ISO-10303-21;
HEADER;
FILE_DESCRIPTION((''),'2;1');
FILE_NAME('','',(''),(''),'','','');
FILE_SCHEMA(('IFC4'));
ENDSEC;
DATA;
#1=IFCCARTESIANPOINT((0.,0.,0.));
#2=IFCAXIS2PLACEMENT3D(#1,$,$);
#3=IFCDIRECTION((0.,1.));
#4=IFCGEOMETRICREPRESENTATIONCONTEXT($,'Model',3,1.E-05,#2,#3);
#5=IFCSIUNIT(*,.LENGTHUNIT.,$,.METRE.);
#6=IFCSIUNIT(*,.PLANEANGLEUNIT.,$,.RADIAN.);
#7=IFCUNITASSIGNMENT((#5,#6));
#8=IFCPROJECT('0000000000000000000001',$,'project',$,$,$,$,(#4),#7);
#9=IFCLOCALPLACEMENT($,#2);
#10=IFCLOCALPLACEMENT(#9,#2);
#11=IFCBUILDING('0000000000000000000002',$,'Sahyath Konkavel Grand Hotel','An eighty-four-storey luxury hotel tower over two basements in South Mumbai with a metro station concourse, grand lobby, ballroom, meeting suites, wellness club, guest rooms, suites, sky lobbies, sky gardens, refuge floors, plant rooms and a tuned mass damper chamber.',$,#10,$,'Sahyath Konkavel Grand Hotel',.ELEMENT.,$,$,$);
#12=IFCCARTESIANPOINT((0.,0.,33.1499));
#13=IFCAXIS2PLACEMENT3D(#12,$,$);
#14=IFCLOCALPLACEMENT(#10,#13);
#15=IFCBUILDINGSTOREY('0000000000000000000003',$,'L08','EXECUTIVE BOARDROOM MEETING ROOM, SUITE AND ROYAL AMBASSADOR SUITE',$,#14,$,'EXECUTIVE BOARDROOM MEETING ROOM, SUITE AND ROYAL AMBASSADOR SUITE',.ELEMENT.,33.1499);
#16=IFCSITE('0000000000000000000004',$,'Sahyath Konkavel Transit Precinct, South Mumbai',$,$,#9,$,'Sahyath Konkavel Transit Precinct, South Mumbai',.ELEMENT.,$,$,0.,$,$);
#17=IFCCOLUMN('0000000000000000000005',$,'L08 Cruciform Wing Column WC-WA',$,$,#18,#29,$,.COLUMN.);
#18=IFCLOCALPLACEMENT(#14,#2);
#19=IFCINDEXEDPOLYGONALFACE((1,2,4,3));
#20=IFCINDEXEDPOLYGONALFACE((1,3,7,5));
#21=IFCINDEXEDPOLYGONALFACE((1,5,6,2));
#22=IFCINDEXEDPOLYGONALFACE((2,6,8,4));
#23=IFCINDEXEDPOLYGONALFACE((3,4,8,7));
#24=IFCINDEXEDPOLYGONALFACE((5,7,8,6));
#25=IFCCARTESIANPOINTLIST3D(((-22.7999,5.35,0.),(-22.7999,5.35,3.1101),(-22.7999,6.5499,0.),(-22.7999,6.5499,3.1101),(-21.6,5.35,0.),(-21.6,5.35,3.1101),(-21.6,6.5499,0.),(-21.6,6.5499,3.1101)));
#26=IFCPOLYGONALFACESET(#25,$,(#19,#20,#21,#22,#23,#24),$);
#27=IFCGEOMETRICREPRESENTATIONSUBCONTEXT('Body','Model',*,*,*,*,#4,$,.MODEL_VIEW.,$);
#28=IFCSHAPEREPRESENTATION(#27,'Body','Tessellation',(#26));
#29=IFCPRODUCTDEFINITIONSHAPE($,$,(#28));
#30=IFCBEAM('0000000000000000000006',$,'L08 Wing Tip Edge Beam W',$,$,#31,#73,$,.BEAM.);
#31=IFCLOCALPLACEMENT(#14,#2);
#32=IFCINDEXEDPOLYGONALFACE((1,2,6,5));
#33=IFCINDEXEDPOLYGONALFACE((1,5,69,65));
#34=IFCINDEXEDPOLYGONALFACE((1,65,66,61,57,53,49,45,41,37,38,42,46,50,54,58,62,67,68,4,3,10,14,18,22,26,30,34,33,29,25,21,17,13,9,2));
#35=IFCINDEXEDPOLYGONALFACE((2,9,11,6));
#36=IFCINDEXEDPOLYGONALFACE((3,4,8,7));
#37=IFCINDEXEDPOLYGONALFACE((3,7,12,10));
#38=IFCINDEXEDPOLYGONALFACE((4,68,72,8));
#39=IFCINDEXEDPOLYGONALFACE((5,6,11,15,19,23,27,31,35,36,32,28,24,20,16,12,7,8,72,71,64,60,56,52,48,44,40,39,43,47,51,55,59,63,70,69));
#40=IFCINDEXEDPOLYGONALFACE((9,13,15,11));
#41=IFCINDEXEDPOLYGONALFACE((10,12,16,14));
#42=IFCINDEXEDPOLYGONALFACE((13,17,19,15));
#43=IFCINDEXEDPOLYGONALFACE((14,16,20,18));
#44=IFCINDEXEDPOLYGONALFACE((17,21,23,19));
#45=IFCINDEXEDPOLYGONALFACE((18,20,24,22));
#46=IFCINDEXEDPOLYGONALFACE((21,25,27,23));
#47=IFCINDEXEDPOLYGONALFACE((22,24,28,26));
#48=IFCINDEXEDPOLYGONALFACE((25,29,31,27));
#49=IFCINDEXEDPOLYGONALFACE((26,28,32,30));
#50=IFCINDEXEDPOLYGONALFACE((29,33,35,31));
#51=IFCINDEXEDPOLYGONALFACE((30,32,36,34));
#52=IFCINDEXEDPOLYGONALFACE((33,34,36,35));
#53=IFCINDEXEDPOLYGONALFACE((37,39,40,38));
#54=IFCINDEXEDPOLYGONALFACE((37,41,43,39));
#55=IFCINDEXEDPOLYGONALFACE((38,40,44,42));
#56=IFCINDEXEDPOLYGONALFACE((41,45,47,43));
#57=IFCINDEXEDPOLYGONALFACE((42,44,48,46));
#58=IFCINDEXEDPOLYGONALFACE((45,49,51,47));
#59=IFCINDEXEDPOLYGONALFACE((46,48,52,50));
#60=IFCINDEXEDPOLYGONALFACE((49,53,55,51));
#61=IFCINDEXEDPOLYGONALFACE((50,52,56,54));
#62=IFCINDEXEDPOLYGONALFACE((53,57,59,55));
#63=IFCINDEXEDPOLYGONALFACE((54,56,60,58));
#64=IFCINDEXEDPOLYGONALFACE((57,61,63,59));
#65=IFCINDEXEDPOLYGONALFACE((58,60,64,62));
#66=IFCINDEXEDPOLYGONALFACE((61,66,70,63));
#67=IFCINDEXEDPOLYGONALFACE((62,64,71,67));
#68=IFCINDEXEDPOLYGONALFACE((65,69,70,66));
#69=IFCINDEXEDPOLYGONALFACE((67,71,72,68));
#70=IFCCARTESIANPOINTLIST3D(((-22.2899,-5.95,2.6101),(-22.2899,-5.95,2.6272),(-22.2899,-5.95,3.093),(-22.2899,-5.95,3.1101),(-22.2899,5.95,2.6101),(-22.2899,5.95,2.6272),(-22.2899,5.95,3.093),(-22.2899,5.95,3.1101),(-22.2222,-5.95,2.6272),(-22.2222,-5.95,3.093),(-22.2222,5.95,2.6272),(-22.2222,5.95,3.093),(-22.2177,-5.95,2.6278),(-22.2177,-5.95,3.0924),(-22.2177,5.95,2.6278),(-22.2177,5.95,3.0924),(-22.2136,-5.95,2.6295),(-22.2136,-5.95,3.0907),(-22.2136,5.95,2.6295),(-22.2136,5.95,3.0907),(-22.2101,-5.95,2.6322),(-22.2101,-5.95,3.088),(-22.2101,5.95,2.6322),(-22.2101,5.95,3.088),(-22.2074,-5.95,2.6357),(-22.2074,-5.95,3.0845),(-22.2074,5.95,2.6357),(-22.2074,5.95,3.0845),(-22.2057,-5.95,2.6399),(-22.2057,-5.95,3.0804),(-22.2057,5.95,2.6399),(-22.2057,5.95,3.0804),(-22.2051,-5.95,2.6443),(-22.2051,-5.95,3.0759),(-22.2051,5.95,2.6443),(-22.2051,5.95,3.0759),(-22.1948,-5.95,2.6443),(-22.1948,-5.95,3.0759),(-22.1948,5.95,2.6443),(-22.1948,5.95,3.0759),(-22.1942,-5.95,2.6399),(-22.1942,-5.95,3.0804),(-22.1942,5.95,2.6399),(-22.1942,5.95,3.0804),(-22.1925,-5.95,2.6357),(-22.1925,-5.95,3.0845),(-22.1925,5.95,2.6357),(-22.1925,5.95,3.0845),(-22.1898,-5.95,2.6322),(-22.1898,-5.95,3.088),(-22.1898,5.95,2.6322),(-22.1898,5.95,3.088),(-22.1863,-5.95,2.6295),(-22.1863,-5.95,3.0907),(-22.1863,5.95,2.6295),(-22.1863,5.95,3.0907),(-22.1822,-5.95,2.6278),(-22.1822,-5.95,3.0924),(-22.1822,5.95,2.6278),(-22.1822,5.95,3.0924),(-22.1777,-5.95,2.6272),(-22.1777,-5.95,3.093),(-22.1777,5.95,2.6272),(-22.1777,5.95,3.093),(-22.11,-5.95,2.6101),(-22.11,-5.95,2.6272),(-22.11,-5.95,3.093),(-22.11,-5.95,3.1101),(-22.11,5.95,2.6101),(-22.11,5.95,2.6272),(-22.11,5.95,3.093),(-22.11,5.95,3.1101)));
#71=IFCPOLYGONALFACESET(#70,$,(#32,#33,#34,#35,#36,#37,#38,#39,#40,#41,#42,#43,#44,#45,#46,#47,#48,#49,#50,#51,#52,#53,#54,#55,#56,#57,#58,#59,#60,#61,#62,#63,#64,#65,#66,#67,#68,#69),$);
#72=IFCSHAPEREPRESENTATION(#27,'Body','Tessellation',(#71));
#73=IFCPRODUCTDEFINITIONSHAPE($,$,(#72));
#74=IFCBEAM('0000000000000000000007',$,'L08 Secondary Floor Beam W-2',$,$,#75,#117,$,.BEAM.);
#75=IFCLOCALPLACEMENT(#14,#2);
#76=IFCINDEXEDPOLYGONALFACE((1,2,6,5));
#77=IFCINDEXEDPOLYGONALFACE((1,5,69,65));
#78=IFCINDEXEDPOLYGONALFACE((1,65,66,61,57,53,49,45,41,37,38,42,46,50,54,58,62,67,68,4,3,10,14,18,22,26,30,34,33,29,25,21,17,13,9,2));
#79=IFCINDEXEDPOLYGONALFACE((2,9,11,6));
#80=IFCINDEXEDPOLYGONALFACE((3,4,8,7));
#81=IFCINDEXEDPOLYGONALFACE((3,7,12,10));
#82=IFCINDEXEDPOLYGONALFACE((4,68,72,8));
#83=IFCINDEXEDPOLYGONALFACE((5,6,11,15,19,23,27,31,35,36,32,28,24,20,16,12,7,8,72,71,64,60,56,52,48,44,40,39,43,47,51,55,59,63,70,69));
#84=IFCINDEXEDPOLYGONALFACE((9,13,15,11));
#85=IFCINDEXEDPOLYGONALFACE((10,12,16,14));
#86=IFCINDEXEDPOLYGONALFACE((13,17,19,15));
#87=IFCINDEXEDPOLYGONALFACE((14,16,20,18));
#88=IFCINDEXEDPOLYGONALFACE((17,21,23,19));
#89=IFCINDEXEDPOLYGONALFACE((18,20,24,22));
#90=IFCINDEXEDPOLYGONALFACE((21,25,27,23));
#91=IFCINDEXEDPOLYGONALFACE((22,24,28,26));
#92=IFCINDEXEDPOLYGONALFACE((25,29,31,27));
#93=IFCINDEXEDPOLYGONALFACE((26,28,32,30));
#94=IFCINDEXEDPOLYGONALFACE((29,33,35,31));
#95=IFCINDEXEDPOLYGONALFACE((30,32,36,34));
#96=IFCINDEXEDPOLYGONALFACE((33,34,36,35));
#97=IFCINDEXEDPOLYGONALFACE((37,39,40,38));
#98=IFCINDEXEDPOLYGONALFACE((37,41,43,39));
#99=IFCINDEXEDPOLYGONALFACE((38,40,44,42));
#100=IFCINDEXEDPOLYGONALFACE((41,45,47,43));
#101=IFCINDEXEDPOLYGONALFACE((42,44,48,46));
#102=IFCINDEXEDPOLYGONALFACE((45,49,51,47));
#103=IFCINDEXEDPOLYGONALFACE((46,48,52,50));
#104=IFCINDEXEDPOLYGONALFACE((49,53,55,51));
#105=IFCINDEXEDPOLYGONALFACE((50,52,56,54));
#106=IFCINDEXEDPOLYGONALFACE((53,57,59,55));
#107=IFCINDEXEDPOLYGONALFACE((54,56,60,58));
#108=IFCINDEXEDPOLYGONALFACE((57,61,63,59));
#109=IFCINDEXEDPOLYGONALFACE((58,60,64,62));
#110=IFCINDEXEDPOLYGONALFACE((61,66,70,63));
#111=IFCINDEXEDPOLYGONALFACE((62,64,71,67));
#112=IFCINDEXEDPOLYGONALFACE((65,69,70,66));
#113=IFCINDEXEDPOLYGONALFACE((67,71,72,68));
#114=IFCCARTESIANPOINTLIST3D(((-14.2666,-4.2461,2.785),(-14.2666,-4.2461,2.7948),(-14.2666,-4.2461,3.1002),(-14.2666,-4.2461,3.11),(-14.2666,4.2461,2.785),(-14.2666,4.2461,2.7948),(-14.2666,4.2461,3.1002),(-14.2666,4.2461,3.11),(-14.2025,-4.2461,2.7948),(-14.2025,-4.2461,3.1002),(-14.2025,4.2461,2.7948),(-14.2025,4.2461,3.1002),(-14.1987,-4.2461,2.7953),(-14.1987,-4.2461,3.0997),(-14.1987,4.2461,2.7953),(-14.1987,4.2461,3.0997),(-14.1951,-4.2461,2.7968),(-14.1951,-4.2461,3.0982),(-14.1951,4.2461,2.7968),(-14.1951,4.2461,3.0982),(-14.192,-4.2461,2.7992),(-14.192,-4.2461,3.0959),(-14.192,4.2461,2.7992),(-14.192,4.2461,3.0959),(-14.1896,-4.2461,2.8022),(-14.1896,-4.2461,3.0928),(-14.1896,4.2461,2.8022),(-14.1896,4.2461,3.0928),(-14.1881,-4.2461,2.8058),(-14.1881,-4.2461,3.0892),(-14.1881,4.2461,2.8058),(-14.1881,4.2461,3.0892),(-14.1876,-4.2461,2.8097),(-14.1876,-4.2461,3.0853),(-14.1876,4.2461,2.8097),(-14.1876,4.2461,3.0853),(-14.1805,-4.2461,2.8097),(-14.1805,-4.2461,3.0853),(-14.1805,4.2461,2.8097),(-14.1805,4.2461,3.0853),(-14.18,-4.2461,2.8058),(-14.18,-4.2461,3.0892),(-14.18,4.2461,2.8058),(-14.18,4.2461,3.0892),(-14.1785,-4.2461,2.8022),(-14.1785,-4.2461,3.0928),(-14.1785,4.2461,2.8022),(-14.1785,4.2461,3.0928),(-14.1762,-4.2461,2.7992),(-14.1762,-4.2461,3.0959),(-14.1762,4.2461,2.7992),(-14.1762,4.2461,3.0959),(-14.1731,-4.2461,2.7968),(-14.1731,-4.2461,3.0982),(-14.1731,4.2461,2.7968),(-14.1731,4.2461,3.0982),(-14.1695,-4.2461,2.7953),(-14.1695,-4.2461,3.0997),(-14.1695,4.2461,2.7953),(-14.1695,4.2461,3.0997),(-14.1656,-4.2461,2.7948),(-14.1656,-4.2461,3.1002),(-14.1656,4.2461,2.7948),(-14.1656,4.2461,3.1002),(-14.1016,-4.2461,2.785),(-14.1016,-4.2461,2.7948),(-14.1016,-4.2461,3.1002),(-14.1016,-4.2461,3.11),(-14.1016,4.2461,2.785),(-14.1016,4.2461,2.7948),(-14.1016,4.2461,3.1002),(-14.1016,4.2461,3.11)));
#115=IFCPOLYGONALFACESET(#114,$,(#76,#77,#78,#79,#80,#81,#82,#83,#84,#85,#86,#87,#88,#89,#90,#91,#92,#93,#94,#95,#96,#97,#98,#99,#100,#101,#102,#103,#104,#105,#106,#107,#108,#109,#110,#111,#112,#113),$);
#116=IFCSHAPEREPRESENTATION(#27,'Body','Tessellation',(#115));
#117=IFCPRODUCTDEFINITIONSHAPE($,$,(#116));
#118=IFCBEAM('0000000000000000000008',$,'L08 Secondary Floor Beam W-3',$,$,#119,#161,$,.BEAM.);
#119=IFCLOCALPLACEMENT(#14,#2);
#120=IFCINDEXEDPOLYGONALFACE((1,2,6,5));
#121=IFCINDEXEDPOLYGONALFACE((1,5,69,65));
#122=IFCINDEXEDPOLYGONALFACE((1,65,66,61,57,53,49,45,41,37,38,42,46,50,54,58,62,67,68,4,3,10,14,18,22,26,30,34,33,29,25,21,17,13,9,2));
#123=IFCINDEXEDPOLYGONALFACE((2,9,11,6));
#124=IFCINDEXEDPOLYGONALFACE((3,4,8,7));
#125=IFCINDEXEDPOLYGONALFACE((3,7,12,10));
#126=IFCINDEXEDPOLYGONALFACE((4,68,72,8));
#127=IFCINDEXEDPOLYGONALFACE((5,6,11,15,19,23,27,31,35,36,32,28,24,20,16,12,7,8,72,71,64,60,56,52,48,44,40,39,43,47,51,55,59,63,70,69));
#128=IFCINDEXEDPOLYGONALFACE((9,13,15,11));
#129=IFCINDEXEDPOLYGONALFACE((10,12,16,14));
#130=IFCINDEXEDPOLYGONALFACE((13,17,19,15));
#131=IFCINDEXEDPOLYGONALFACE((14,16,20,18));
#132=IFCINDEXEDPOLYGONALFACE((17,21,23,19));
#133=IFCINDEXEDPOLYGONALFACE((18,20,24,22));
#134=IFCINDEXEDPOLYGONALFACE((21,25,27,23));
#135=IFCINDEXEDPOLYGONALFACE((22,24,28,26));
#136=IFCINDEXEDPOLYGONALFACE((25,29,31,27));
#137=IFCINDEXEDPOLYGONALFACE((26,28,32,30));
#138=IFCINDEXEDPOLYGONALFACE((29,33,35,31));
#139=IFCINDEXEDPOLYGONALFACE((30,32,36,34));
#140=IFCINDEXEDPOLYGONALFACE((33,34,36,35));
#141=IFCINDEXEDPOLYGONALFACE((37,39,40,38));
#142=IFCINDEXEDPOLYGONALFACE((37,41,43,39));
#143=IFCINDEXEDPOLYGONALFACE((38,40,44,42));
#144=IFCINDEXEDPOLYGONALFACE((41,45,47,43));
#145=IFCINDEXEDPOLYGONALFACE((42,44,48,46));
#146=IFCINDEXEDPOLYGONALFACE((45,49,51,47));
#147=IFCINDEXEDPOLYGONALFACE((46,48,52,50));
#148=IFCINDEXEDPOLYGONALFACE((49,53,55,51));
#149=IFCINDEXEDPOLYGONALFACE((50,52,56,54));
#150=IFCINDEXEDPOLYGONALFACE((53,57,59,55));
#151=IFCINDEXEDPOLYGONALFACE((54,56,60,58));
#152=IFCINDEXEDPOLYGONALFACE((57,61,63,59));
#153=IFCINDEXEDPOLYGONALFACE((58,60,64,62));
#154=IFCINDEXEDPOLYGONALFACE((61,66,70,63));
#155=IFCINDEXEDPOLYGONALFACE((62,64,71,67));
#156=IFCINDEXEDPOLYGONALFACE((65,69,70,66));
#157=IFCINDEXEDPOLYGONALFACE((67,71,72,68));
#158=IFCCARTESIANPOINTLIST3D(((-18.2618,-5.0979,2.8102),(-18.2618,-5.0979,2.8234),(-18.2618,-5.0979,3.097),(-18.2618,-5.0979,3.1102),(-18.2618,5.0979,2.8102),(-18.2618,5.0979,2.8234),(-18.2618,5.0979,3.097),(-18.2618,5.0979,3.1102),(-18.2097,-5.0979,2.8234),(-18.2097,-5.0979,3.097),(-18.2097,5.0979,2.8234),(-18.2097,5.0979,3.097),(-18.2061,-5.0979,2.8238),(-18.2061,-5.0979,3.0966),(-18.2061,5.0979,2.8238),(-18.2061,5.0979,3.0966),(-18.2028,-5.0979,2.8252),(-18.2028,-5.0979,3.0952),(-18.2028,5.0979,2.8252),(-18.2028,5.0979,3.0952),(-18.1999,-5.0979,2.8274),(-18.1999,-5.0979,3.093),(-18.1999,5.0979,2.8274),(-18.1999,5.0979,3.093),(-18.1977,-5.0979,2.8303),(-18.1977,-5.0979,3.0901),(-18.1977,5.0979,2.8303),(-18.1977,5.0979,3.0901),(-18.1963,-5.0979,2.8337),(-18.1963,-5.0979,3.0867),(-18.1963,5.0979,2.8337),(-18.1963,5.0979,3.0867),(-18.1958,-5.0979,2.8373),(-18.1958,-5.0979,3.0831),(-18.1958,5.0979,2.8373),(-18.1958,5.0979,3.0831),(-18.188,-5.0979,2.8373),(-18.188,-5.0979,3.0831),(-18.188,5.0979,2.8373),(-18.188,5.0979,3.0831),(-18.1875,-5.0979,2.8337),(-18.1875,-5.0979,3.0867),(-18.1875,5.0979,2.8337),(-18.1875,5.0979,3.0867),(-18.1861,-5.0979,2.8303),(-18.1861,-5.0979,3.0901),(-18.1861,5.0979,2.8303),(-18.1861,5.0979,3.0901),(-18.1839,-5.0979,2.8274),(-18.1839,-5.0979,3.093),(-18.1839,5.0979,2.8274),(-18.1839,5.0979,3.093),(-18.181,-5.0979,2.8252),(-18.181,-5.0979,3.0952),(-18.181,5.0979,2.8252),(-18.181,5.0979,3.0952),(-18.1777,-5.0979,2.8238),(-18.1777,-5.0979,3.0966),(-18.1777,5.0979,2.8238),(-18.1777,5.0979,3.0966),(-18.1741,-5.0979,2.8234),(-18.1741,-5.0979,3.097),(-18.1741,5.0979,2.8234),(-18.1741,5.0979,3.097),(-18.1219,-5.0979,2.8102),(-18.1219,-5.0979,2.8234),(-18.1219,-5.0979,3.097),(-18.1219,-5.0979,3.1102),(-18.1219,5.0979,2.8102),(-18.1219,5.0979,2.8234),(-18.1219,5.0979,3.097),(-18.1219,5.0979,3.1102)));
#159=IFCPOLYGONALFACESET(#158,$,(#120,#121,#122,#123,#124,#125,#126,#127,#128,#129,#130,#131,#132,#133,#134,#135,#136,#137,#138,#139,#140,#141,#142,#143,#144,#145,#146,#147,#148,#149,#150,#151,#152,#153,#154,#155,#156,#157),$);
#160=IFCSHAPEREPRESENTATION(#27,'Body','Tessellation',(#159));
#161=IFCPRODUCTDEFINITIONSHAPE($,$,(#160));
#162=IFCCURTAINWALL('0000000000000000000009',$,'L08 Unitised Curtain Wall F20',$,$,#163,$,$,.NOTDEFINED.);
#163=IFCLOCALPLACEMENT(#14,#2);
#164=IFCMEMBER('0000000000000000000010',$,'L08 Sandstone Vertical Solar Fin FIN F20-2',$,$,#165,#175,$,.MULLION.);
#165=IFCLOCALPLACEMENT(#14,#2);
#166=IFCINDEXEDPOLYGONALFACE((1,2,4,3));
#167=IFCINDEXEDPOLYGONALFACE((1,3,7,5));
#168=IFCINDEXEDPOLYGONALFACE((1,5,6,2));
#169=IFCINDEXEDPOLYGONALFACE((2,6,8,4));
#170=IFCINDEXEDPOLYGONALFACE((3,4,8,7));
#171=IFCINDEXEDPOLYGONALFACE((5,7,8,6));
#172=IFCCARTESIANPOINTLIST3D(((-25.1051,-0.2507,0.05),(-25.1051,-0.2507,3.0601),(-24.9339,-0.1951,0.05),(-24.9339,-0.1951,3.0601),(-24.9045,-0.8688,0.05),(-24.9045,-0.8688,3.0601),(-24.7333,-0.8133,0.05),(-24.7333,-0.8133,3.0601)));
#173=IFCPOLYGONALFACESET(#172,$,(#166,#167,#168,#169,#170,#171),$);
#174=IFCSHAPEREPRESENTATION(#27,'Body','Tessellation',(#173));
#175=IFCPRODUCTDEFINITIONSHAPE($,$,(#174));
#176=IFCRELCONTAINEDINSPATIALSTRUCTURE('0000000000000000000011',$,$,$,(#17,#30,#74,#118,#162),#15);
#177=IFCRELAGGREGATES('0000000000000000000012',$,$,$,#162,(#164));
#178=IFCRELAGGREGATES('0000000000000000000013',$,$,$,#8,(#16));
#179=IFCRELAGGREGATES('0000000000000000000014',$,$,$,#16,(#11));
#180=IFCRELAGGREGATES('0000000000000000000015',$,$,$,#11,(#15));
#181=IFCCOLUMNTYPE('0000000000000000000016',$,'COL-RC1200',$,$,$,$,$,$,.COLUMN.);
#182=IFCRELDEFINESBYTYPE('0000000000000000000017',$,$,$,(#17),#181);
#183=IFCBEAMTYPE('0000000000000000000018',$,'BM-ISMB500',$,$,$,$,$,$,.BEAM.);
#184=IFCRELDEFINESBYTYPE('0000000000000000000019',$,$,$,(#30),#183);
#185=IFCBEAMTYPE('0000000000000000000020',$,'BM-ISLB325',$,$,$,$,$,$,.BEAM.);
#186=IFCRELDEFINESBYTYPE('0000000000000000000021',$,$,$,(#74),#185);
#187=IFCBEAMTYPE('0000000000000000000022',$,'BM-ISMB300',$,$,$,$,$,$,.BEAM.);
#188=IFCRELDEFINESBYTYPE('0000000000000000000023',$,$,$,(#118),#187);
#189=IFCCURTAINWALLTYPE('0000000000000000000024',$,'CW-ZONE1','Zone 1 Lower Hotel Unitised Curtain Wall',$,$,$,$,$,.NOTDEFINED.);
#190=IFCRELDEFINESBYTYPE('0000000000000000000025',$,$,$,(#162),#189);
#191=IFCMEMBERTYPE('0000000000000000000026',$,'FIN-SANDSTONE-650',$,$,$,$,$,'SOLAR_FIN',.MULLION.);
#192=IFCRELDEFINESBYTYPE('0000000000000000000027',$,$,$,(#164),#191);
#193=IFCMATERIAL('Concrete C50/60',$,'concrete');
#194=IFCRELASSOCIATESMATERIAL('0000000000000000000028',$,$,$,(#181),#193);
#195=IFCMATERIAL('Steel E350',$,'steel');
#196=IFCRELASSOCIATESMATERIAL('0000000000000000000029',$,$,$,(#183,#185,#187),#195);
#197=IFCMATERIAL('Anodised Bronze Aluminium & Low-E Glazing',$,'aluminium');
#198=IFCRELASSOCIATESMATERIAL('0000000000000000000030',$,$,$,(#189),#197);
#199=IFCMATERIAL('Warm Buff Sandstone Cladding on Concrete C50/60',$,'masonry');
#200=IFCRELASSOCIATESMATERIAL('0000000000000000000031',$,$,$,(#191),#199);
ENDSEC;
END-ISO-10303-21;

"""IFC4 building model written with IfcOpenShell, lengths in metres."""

from ifc_helpers import new_model, si_unit, direction, frame, origin, origin_2d, place, context, subcontext, project, spatial, rectangle, i_section, extrude, source, transform, mapped, material, material_profile, profile_set, type_object, element, aggregate, save


model = new_model("IFC4")

# Units and contexts
model_context = context("Model", 3, precision=1e-05, world=origin(), true_north=direction((0.0, 1.0)))
body_context = subcontext(model_context, "Body", "Model", "MODEL_VIEW")
ifc_project = project(units=[si_unit("LENGTHUNIT", "METRE"), si_unit("PLANEANGLEUNIT", "RADIAN")], contexts=[model_context])

# Site, building, storey
site_placement = place(None, origin())
site = spatial("IfcSite", under=ifc_project, at=site_placement, Name="Sahyath Konkavel Transit Precinct, South Mumbai", LongName="Sahyath Konkavel Transit Precinct, South Mumbai", CompositionType="ELEMENT", RefElevation=0.0)
building_placement = place(site_placement, origin())
building = spatial("IfcBuilding", under=site, at=building_placement, Name="Sahyath Konkavel Grand Hotel", Description="An eighty-four-storey luxury hotel tower over two basements in South Mumbai with a metro station concourse, grand lobby, ballroom, meeting suites, wellness club, guest rooms, suites, sky lobbies, sky gardens, refuge floors, plant rooms and a tuned mass damper chamber.", LongName="Sahyath Konkavel Grand Hotel", CompositionType="ELEMENT")
storey_placement = place(building_placement, frame((0.0, 0.0, 33.1499)))
storey = spatial("IfcBuildingStorey", under=building, at=storey_placement, Name="L08", Description="EXECUTIVE BOARDROOM MEETING ROOM, SUITE AND ROYAL AMBASSADOR SUITE", LongName="EXECUTIVE BOARDROOM MEETING ROOM, SUITE AND ROYAL AMBASSADOR SUITE", CompositionType="ELEMENT", Elevation=33.1499)

# Column
ifc_material_1 = material(Name="Concrete C50/60", Category="concrete")
ifc_material_profile_1 = material_profile(ifc_material_1, rectangle(XDim=1.2, YDim=1.2, at=origin_2d()), Name="RC 1200x1200")
ifc_profile_set_1 = profile_set([ifc_material_profile_1], Name="Concrete C50/60")
column_type = type_object("IfcColumnType", Name="COL-RC1200", PredefinedType="COLUMN", material=ifc_profile_set_1)
shared_shape_1 = source(origin(), body_context, "Body", "SweptSolid", [
    extrude(rectangle(XDim=1.2, YDim=1.2, at=origin_2d()), origin(), (0.0, 0.0, 1.0), 3.1101),
])
column_placement = place(storey_placement, frame((-22.2, 5.95, 0.0), z_axis=(0.0, 0.0, 1.0), x_axis=(1.0, 0.0, 0.0)))
element("IfcColumn", 1, at=column_placement, inside=storey, type_object=column_type, Name="L08 Cruciform Wing Column WC-WA", PredefinedType="COLUMN", context=body_context, shape_type="MappedRepresentation", body=[
    mapped(shared_shape_1, transform((0.0, 0.0, 0.0), scale=1.0)),
])

# Beams
ifc_material_2 = material(Name="Steel E350", Category="steel")
ifc_material_profile_2 = material_profile(ifc_material_2, i_section(OverallWidth=0.1799, OverallDepth=0.5, WebThickness=0.0103, FlangeThickness=0.0171, FilletRadius=0.0171, at=origin_2d()), Name="ISMB 500")
ifc_profile_set_2 = profile_set([ifc_material_profile_2], Name="Steel E350")
beam_type_1 = type_object("IfcBeamType", Name="BM-ISMB500", PredefinedType="BEAM", material=ifc_profile_set_2)
shared_shape_2 = source(origin(), body_context, "Body", "SweptSolid", [
    extrude(i_section(OverallWidth=0.1799, OverallDepth=0.5, WebThickness=0.0103, FlangeThickness=0.0171, FilletRadius=0.0171, at=origin_2d()), origin(), (0.0, 0.0, 1.0), 11.8999),
])
beam_1_placement = place(storey_placement, frame((-22.2, 5.95, 2.8601), z_axis=(0.0, -1.0, 0.0), x_axis=(1.0, 0.0, 0.0)))
element("IfcBeam", 2, at=beam_1_placement, inside=storey, type_object=beam_type_1, Name="L08 Wing Tip Edge Beam W", PredefinedType="BEAM", context=body_context, shape_type="MappedRepresentation", body=[
    mapped(shared_shape_2, transform((0.0, 0.0, 0.0), scale=1.0)),
])
ifc_material_profile_3 = material_profile(ifc_material_2, i_section(OverallWidth=0.165, OverallDepth=0.325, WebThickness=0.0071, FlangeThickness=0.0098, FilletRadius=0.0149, at=origin_2d()), Name="ISLB 325")
ifc_profile_set_3 = profile_set([ifc_material_profile_3], Name="Steel E350")
beam_type_2 = type_object("IfcBeamType", Name="BM-ISLB325", PredefinedType="BEAM", material=ifc_profile_set_3)
shared_shape_3 = source(origin(), body_context, "Body", "SweptSolid", [
    extrude(i_section(OverallWidth=0.165, OverallDepth=0.325, WebThickness=0.0071, FlangeThickness=0.0098, FilletRadius=0.0149, at=origin_2d()), origin(), (0.0, 0.0, 1.0), 8.4922),
])
beam_2_placement = place(storey_placement, frame((-14.1841, 4.2461, 2.9475), z_axis=(0.0, -1.0, 0.0), x_axis=(1.0, 0.0, 0.0)))
element("IfcBeam", 3, at=beam_2_placement, inside=storey, type_object=beam_type_2, Name="L08 Secondary Floor Beam W-2", PredefinedType="BEAM", context=body_context, shape_type="MappedRepresentation", body=[
    mapped(shared_shape_3, transform((0.0, 0.0, 0.0), scale=1.0)),
])
ifc_material_profile_4 = material_profile(ifc_material_2, i_section(OverallWidth=0.1399, OverallDepth=0.3, WebThickness=0.0078, FlangeThickness=0.0132, FilletRadius=0.0139, at=origin_2d()), Name="ISMB 300")
ifc_profile_set_4 = profile_set([ifc_material_profile_4], Name="Steel E350")
beam_type_3 = type_object("IfcBeamType", Name="BM-ISMB300", PredefinedType="BEAM", material=ifc_profile_set_4)
shared_shape_4 = source(origin(), body_context, "Body", "SweptSolid", [
    extrude(i_section(OverallWidth=0.1399, OverallDepth=0.3, WebThickness=0.0078, FlangeThickness=0.0132, FilletRadius=0.0139, at=origin_2d()), origin(), (0.0, 0.0, 1.0), 10.1958),
])
beam_3_placement = place(storey_placement, frame((-18.1919, 5.0979, 2.9602), z_axis=(0.0, -1.0, 0.0), x_axis=(1.0, 0.0, 0.0)))
element("IfcBeam", 4, at=beam_3_placement, inside=storey, type_object=beam_type_3, Name="L08 Secondary Floor Beam W-3", PredefinedType="BEAM", context=body_context, shape_type="MappedRepresentation", body=[
    mapped(shared_shape_4, transform((0.0, 0.0, 0.0), scale=1.0)),
])

# Curtain wall, member
ifc_material_3 = material(Name="Anodised Bronze Aluminium & Low-E Glazing", Category="aluminium")
curtain_wall_type = type_object("IfcCurtainWallType", Name="CW-ZONE1", Description="Zone 1 Lower Hotel Unitised Curtain Wall", PredefinedType="NOTDEFINED", material=ifc_material_3)
curtain_wall_placement = place(storey_placement, origin())
curtain_wall = element("IfcCurtainWall", 5, at=curtain_wall_placement, inside=storey, type_object=curtain_wall_type, Name="L08 Unitised Curtain Wall F20", PredefinedType="NOTDEFINED")
ifc_material_4 = material(Name="Warm Buff Sandstone Cladding on Concrete C50/60", Category="masonry")
ifc_material_profile_5 = material_profile(ifc_material_4, rectangle(XDim=0.1799, YDim=0.6499, at=origin_2d()), Name="FIN 180x650")
ifc_profile_set_5 = profile_set([ifc_material_profile_5], Name="Warm Buff Sandstone Cladding on Concrete C50/60")
member_type_1 = type_object("IfcMemberType", Name="FIN-SANDSTONE-650", ElementType="SOLAR_FIN", PredefinedType="MULLION", material=ifc_profile_set_5)
shared_shape_5 = source(origin(), body_context, "Body", "SweptSolid", [
    extrude(rectangle(XDim=0.1799, YDim=0.6499, at=origin_2d()), origin(), (0.0, 0.0, 1.0), 3.01),
])
member_1_placement = place(storey_placement, frame((-24.9192, -0.532, 0.05), z_axis=(0.0, 0.0, 1.0), x_axis=(0.951164, 0.308685, 0.0)))
member_1 = element("IfcMember", 6, at=member_1_placement, type_object=member_type_1, Name="L08 Sandstone Vertical Solar Fin FIN F20-2", PredefinedType="MULLION", context=body_context, shape_type="MappedRepresentation", body=[
    mapped(shared_shape_5, transform((0.0, 0.0, 0.0), scale=1.0)),
])
aggregate(curtain_wall, [member_1])

save(model, "model.ifc")
